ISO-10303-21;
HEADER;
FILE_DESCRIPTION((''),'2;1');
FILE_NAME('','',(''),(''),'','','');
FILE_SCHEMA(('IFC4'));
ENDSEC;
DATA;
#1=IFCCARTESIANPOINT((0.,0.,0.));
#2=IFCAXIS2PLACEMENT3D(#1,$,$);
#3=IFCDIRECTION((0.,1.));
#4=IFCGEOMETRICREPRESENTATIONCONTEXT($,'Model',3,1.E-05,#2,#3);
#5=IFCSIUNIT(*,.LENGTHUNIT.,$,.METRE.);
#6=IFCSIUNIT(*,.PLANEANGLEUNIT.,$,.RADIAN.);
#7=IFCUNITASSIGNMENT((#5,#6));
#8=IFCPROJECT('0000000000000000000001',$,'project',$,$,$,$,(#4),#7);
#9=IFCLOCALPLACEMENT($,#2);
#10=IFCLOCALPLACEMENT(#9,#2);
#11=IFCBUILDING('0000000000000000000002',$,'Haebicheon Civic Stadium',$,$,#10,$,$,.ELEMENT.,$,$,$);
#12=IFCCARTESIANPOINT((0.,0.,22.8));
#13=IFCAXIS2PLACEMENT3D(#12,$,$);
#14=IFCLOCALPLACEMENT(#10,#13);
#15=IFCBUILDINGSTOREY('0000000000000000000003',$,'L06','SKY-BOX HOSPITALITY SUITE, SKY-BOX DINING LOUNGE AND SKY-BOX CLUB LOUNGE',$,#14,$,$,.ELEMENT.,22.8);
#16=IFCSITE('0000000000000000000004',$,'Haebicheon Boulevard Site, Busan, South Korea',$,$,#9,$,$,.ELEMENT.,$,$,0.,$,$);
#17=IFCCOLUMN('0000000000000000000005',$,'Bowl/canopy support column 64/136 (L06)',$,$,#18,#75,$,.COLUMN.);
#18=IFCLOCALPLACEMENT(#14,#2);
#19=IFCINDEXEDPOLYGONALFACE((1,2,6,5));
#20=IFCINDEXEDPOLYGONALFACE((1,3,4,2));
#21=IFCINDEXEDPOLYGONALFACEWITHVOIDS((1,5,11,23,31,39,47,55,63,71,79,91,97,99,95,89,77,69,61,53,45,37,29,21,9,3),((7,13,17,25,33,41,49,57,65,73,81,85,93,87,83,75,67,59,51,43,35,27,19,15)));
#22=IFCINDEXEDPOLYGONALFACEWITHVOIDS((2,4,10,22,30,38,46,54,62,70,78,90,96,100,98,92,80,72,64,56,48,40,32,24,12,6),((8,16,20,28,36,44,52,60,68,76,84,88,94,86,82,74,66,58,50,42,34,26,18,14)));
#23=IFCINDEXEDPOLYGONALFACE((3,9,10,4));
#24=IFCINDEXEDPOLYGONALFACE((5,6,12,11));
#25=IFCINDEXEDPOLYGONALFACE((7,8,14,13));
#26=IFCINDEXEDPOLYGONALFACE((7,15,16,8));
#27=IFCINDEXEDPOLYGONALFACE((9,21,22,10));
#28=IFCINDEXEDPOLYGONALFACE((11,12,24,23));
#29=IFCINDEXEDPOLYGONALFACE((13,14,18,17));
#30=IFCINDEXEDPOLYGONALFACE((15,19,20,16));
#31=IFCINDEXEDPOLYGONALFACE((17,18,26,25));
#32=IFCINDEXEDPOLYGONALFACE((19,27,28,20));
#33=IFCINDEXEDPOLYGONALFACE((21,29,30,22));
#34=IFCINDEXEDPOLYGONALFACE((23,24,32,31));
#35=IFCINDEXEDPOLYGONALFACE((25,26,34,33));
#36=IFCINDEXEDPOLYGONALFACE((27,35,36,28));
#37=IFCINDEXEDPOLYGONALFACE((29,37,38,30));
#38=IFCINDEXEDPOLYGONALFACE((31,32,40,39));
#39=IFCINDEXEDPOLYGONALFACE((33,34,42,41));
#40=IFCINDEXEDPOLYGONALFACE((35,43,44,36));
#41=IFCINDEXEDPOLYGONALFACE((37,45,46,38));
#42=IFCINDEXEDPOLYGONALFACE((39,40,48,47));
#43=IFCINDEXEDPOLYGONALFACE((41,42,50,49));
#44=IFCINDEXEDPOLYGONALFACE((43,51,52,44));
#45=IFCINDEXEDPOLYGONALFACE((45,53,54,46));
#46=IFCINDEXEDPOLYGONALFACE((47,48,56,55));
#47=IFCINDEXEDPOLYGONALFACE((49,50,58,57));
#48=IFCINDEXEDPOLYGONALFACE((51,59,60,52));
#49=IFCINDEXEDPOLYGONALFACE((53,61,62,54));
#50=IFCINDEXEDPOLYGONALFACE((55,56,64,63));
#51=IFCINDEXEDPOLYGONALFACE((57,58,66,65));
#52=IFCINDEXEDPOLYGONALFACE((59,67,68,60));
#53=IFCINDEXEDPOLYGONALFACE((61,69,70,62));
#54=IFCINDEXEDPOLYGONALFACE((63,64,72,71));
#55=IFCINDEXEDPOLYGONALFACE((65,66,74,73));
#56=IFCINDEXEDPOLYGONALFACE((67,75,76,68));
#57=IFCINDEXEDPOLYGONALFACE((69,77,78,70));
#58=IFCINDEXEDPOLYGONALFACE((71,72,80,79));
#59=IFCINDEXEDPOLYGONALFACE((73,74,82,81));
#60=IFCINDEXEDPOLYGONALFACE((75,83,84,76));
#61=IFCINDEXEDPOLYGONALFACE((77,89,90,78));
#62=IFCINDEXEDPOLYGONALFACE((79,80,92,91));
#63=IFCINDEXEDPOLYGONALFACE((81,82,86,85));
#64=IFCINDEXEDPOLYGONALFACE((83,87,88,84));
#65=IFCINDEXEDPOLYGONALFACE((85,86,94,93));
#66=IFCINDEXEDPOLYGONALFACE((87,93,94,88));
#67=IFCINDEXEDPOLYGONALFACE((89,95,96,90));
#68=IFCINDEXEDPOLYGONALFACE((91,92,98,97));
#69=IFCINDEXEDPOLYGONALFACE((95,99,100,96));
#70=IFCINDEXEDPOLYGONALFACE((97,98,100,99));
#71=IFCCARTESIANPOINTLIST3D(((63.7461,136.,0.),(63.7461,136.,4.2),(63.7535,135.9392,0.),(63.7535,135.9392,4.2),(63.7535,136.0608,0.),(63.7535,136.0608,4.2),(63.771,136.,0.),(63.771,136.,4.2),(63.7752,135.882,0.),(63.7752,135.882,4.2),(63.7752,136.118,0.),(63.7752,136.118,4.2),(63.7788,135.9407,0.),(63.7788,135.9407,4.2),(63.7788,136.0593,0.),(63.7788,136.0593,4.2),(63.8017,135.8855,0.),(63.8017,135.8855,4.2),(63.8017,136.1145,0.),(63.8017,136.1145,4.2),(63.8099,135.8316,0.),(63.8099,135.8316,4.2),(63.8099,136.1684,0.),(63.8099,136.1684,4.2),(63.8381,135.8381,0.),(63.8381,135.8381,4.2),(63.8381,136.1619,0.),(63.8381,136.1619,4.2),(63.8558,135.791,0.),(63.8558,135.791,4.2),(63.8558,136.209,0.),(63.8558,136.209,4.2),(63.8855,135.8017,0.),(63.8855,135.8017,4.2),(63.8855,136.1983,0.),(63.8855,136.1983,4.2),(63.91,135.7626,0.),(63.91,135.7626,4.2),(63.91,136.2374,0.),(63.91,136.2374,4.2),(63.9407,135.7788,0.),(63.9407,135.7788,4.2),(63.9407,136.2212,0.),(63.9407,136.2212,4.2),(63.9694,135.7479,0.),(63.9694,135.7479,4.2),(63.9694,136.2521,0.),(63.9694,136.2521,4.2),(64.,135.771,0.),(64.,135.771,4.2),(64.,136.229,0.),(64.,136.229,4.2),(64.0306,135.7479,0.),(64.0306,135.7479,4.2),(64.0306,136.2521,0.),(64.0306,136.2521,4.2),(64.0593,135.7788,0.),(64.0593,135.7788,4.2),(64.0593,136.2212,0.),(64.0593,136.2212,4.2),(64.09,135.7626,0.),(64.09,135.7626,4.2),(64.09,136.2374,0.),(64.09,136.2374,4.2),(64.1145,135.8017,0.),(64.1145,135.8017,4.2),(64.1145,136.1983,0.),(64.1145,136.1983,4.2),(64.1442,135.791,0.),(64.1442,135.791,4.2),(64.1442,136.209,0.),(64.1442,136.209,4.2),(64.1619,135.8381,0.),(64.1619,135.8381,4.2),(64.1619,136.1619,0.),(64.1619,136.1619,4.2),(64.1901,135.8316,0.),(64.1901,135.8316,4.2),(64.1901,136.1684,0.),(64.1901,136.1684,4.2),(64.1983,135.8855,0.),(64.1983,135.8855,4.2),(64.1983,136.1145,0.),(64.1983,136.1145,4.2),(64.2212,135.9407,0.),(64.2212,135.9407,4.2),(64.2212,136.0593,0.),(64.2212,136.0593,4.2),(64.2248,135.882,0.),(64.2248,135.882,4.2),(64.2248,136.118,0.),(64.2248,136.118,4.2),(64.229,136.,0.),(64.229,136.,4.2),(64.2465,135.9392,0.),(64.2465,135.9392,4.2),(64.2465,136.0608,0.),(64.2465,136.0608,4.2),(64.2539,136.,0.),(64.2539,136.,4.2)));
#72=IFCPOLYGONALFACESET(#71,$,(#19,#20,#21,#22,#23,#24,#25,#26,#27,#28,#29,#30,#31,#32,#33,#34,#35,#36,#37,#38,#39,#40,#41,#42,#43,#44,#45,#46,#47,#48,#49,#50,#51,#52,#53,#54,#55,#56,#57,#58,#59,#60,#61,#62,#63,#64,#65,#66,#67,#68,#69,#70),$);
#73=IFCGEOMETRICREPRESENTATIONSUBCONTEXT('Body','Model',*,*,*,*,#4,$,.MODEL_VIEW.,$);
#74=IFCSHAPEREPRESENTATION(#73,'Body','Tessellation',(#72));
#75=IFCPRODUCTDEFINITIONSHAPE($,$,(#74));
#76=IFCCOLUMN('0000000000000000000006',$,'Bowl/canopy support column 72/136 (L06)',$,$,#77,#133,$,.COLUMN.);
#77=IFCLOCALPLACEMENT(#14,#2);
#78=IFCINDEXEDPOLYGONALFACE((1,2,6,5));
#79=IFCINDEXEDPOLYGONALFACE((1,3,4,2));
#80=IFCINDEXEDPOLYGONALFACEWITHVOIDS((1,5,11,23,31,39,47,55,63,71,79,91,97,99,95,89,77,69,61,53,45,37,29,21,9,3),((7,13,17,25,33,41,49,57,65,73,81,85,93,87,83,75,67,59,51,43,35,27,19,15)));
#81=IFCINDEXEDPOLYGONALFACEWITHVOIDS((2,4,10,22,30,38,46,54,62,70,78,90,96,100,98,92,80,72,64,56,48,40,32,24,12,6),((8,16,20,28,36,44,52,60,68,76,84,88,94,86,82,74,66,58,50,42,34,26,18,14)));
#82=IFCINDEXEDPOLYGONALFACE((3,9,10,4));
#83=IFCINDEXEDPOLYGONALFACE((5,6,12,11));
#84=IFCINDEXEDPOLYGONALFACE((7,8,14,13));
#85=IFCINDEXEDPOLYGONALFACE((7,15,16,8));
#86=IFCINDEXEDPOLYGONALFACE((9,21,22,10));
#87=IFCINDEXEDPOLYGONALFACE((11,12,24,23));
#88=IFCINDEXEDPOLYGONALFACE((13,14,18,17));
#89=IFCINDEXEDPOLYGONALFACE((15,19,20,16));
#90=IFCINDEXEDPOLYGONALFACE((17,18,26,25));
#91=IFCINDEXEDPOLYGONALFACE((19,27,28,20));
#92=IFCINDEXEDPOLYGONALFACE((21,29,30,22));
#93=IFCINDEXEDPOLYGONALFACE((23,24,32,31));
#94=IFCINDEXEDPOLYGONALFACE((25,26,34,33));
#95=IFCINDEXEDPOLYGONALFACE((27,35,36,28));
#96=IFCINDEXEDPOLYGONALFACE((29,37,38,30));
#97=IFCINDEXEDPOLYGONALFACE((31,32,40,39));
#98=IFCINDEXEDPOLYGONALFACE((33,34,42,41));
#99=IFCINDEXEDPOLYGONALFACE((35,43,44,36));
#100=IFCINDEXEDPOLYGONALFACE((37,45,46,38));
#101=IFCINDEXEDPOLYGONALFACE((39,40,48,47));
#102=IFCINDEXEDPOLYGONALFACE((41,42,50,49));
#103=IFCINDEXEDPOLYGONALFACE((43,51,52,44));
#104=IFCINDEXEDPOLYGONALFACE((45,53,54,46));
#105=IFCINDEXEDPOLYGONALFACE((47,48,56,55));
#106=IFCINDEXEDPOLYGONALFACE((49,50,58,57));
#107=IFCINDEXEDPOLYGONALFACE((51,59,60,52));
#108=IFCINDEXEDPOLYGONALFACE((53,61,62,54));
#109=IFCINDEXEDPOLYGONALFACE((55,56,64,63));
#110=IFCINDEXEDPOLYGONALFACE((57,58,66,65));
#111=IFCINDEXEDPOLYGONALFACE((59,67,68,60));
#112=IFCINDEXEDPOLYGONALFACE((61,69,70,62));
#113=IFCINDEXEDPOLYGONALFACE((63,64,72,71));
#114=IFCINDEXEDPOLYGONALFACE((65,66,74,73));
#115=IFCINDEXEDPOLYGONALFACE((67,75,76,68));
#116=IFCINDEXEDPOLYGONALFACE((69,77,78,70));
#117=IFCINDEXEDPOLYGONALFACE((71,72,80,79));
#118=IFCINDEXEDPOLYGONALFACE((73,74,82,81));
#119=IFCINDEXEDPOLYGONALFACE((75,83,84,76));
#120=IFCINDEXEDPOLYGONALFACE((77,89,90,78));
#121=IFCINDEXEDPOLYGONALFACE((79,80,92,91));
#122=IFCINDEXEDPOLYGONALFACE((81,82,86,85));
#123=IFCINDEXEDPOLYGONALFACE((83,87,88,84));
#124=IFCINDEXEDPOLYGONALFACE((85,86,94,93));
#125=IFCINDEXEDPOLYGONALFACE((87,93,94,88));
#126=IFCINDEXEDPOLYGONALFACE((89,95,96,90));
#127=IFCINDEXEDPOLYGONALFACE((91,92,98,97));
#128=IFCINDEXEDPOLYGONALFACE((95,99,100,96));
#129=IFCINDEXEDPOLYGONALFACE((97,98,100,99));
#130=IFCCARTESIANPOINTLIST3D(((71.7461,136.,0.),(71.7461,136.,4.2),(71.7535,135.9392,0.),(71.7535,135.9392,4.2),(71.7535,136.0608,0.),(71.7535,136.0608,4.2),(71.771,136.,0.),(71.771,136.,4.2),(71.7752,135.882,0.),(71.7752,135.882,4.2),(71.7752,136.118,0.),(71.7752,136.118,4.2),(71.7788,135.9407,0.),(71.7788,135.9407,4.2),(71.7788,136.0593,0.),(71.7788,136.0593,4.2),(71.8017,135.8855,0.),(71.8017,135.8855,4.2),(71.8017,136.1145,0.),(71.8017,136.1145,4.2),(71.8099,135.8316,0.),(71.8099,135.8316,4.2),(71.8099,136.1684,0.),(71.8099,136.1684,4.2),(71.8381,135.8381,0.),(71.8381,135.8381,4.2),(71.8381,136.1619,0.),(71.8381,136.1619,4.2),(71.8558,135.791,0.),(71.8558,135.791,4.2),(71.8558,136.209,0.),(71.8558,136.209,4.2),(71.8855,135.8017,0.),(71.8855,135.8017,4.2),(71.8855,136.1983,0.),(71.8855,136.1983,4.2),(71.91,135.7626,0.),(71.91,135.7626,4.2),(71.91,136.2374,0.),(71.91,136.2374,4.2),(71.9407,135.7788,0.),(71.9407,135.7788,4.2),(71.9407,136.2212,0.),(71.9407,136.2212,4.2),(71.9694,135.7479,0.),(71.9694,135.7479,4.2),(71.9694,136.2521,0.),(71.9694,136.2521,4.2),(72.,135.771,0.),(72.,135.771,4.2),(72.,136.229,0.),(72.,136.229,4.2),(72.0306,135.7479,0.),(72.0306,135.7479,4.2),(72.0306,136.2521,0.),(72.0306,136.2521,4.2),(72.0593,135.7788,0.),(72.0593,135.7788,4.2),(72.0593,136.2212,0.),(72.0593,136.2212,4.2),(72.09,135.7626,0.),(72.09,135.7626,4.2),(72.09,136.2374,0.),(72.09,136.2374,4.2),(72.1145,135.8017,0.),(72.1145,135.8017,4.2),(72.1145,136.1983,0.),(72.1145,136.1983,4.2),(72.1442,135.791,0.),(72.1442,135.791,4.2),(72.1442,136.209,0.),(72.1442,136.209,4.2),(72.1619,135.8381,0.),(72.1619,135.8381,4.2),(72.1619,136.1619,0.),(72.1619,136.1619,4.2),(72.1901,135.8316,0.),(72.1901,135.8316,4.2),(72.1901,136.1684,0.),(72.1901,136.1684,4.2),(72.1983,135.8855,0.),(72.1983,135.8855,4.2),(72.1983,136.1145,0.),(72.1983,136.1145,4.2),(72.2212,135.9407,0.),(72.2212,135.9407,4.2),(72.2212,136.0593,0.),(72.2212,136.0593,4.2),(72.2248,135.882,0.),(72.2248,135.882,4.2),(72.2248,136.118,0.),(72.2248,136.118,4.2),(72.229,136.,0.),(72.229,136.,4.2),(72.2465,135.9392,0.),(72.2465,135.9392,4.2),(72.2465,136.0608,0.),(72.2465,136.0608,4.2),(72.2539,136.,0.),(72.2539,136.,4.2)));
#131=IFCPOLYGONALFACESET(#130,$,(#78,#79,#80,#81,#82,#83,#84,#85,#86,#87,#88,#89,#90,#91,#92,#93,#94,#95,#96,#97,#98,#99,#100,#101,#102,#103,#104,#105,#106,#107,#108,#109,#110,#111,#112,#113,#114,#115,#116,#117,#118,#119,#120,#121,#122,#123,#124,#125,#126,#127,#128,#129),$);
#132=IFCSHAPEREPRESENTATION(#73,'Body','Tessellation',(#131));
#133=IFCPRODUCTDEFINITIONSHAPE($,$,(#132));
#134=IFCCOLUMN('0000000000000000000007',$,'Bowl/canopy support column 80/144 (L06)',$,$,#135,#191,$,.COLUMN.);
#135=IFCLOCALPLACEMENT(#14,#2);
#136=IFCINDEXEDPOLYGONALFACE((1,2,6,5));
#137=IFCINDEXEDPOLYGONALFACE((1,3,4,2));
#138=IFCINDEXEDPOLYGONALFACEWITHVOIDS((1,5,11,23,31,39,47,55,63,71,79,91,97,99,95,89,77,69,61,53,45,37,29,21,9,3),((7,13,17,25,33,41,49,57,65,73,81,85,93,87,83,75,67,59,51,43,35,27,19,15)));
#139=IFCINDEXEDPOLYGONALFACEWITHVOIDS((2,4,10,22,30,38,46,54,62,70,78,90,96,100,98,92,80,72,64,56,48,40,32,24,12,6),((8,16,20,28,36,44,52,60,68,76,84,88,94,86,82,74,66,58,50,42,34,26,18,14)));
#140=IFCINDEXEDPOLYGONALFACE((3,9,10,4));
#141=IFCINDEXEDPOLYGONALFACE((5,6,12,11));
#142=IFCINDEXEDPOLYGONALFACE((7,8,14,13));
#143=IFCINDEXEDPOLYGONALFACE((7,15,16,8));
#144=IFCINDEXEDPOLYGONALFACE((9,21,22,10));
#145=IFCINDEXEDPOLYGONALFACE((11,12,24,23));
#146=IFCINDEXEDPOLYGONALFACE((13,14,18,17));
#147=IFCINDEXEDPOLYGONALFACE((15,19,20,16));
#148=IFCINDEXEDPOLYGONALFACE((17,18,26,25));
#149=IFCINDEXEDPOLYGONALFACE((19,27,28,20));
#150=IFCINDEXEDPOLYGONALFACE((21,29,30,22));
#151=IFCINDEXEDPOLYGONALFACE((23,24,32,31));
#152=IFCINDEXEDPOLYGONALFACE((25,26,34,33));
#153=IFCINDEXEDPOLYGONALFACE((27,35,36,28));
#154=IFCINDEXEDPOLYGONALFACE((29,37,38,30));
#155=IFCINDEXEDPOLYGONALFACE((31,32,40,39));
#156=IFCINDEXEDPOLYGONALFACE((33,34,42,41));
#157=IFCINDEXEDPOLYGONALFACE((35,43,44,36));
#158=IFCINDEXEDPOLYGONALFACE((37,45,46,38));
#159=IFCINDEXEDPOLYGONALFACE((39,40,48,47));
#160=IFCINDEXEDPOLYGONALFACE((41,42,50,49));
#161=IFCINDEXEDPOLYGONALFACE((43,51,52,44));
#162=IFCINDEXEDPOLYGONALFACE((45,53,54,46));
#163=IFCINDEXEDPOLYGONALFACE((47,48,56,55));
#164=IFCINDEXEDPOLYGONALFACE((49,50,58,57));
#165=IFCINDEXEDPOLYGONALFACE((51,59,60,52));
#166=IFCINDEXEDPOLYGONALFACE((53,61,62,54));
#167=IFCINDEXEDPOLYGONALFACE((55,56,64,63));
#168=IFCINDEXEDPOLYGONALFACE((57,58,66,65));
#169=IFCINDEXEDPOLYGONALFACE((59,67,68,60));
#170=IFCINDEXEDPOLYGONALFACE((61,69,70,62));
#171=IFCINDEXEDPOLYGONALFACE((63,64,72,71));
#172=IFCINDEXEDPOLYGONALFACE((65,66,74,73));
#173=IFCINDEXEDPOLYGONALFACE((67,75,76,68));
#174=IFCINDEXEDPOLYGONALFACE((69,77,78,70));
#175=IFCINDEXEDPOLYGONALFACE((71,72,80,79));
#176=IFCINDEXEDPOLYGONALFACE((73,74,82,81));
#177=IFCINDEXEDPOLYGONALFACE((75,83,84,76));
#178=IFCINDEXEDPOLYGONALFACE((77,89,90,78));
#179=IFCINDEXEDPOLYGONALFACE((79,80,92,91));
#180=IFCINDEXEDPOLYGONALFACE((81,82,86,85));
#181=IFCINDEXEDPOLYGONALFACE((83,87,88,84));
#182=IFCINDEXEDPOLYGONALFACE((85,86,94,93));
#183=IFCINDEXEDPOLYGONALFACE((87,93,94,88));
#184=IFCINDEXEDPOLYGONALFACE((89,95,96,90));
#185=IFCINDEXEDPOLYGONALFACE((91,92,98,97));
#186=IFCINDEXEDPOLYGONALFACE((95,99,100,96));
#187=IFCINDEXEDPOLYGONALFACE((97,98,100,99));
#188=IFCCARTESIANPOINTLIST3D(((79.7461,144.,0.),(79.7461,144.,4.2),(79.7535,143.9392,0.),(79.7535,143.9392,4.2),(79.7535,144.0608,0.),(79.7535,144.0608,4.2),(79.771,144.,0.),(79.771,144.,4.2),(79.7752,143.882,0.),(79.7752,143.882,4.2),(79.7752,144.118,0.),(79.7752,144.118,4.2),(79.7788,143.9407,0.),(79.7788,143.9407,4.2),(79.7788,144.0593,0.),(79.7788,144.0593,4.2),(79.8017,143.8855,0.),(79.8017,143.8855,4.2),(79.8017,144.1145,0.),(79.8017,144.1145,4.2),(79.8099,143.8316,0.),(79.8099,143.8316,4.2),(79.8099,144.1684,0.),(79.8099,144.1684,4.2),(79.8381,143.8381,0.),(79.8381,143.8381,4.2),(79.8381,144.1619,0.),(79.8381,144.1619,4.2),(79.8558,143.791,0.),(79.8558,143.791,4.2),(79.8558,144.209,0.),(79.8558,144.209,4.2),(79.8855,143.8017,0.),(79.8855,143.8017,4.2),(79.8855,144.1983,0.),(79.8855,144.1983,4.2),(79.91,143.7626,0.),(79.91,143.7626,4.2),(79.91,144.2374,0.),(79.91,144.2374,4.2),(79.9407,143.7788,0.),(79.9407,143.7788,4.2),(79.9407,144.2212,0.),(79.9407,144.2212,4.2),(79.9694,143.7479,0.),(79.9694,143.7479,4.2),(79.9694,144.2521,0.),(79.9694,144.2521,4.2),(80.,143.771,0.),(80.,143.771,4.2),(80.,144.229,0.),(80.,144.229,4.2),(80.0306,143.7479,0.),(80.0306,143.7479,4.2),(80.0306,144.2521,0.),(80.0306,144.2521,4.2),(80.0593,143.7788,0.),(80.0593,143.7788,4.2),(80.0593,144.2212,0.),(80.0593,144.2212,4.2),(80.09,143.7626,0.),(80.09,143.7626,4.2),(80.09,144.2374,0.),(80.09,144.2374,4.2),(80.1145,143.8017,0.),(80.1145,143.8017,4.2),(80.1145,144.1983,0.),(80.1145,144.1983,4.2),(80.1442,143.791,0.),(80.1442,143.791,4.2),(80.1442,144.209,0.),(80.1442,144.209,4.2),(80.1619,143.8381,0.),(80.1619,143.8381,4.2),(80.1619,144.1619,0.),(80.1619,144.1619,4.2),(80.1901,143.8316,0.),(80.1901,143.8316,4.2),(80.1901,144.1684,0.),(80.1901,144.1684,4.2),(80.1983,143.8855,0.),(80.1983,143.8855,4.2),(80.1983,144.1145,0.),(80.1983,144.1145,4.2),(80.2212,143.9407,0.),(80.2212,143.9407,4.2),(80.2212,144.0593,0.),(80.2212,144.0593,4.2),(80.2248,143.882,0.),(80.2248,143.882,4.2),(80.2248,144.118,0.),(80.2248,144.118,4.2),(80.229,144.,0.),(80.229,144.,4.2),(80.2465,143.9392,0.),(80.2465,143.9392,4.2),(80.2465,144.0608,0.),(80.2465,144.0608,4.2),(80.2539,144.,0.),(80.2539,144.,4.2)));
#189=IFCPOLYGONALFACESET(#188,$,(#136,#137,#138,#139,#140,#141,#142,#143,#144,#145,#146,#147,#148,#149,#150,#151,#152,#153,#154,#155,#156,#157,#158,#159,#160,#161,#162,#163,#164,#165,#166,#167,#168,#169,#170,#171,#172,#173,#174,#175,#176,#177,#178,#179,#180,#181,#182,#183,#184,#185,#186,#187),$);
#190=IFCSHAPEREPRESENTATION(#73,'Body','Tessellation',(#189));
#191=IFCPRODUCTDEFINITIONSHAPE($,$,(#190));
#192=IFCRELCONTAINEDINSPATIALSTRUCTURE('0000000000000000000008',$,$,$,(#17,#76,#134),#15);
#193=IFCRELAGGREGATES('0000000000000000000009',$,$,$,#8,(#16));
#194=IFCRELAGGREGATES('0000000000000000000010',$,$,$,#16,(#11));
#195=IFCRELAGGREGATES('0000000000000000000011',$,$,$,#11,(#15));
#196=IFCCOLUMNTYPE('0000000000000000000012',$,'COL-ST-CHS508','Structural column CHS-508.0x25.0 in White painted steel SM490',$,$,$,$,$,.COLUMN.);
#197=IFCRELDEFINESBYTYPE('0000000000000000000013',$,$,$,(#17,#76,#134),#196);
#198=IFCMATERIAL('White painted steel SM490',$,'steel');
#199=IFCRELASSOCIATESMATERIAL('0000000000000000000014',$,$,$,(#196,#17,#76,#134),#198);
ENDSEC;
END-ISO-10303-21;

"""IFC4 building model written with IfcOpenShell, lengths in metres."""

from ifc_helpers import new_model, si_unit, direction, frame, origin, origin_2d, place, context, subcontext, project, spatial, hollow_circle, extrude, material, material_profile, profile_set, type_object, element, save


model = new_model("IFC4")

# Units and contexts
model_context = context("Model", 3, precision=1e-05, world=origin(), true_north=direction((0.0, 1.0)))
body_context = subcontext(model_context, "Body", "Model", "MODEL_VIEW")
ifc_project = project(units=[si_unit("LENGTHUNIT", "METRE"), si_unit("PLANEANGLEUNIT", "RADIAN")], contexts=[model_context])

# Site, building, storey
site_placement = place(None, origin())
site = spatial("IfcSite", under=ifc_project, at=site_placement, Name="Haebicheon Boulevard Site, Busan, South Korea", CompositionType="ELEMENT", RefElevation=0.0)
building_placement = place(site_placement, origin())
building = spatial("IfcBuilding", under=site, at=building_placement, Name="Haebicheon Civic Stadium", CompositionType="ELEMENT")
storey_placement = place(building_placement, frame((0.0, 0.0, 22.8)))
storey = spatial("IfcBuildingStorey", under=building, at=storey_placement, Name="L06", Description="SKY-BOX HOSPITALITY SUITE, SKY-BOX DINING LOUNGE AND SKY-BOX CLUB LOUNGE", CompositionType="ELEMENT", Elevation=22.8)

# Columns
ifc_material_1 = material(Name="White painted steel SM490", Category="steel")
ifc_material_profile_1 = material_profile(ifc_material_1, hollow_circle(Radius=0.2539, WallThickness=0.0249, at=origin_2d()), Name="CHS-508.0x25.0")
ifc_profile_set_1 = profile_set([ifc_material_profile_1], Name="White painted steel SM490")
column_type = type_object("IfcColumnType", Name="COL-ST-CHS508", Description="Structural column CHS-508.0x25.0 in White painted steel SM490", PredefinedType="COLUMN", material=ifc_profile_set_1)
for number, where, z_axis, x_axis, name in (
    (1, (64.0, 136.0, 0.0), (0.0, 0.0, 1.0), (1.0, 0.0, 0.0), "Bowl/canopy support column 64/136 (L06)"),
    (2, (72.0, 136.0, 0.0), (0.0, 0.0, 1.0), (1.0, 0.0, 0.0), "Bowl/canopy support column 72/136 (L06)"),
    (3, (80.0, 144.0, 0.0), (0.0, 0.0, 1.0), (1.0, 0.0, 0.0), "Bowl/canopy support column 80/144 (L06)"),
):
    element("IfcColumn", number, at=place(storey_placement, frame(where, z_axis=z_axis, x_axis=x_axis)), inside=storey, type_object=column_type, material=ifc_profile_set_1, Name=name, PredefinedType="COLUMN", context=body_context, shape_type="SweptSolid", body=[
        extrude(hollow_circle(Radius=0.2539, WallThickness=0.0249, at=origin_2d()), origin(), (0.0, 0.0, 1.0), 4.2),
    ])

save(model, "model.ifc")
